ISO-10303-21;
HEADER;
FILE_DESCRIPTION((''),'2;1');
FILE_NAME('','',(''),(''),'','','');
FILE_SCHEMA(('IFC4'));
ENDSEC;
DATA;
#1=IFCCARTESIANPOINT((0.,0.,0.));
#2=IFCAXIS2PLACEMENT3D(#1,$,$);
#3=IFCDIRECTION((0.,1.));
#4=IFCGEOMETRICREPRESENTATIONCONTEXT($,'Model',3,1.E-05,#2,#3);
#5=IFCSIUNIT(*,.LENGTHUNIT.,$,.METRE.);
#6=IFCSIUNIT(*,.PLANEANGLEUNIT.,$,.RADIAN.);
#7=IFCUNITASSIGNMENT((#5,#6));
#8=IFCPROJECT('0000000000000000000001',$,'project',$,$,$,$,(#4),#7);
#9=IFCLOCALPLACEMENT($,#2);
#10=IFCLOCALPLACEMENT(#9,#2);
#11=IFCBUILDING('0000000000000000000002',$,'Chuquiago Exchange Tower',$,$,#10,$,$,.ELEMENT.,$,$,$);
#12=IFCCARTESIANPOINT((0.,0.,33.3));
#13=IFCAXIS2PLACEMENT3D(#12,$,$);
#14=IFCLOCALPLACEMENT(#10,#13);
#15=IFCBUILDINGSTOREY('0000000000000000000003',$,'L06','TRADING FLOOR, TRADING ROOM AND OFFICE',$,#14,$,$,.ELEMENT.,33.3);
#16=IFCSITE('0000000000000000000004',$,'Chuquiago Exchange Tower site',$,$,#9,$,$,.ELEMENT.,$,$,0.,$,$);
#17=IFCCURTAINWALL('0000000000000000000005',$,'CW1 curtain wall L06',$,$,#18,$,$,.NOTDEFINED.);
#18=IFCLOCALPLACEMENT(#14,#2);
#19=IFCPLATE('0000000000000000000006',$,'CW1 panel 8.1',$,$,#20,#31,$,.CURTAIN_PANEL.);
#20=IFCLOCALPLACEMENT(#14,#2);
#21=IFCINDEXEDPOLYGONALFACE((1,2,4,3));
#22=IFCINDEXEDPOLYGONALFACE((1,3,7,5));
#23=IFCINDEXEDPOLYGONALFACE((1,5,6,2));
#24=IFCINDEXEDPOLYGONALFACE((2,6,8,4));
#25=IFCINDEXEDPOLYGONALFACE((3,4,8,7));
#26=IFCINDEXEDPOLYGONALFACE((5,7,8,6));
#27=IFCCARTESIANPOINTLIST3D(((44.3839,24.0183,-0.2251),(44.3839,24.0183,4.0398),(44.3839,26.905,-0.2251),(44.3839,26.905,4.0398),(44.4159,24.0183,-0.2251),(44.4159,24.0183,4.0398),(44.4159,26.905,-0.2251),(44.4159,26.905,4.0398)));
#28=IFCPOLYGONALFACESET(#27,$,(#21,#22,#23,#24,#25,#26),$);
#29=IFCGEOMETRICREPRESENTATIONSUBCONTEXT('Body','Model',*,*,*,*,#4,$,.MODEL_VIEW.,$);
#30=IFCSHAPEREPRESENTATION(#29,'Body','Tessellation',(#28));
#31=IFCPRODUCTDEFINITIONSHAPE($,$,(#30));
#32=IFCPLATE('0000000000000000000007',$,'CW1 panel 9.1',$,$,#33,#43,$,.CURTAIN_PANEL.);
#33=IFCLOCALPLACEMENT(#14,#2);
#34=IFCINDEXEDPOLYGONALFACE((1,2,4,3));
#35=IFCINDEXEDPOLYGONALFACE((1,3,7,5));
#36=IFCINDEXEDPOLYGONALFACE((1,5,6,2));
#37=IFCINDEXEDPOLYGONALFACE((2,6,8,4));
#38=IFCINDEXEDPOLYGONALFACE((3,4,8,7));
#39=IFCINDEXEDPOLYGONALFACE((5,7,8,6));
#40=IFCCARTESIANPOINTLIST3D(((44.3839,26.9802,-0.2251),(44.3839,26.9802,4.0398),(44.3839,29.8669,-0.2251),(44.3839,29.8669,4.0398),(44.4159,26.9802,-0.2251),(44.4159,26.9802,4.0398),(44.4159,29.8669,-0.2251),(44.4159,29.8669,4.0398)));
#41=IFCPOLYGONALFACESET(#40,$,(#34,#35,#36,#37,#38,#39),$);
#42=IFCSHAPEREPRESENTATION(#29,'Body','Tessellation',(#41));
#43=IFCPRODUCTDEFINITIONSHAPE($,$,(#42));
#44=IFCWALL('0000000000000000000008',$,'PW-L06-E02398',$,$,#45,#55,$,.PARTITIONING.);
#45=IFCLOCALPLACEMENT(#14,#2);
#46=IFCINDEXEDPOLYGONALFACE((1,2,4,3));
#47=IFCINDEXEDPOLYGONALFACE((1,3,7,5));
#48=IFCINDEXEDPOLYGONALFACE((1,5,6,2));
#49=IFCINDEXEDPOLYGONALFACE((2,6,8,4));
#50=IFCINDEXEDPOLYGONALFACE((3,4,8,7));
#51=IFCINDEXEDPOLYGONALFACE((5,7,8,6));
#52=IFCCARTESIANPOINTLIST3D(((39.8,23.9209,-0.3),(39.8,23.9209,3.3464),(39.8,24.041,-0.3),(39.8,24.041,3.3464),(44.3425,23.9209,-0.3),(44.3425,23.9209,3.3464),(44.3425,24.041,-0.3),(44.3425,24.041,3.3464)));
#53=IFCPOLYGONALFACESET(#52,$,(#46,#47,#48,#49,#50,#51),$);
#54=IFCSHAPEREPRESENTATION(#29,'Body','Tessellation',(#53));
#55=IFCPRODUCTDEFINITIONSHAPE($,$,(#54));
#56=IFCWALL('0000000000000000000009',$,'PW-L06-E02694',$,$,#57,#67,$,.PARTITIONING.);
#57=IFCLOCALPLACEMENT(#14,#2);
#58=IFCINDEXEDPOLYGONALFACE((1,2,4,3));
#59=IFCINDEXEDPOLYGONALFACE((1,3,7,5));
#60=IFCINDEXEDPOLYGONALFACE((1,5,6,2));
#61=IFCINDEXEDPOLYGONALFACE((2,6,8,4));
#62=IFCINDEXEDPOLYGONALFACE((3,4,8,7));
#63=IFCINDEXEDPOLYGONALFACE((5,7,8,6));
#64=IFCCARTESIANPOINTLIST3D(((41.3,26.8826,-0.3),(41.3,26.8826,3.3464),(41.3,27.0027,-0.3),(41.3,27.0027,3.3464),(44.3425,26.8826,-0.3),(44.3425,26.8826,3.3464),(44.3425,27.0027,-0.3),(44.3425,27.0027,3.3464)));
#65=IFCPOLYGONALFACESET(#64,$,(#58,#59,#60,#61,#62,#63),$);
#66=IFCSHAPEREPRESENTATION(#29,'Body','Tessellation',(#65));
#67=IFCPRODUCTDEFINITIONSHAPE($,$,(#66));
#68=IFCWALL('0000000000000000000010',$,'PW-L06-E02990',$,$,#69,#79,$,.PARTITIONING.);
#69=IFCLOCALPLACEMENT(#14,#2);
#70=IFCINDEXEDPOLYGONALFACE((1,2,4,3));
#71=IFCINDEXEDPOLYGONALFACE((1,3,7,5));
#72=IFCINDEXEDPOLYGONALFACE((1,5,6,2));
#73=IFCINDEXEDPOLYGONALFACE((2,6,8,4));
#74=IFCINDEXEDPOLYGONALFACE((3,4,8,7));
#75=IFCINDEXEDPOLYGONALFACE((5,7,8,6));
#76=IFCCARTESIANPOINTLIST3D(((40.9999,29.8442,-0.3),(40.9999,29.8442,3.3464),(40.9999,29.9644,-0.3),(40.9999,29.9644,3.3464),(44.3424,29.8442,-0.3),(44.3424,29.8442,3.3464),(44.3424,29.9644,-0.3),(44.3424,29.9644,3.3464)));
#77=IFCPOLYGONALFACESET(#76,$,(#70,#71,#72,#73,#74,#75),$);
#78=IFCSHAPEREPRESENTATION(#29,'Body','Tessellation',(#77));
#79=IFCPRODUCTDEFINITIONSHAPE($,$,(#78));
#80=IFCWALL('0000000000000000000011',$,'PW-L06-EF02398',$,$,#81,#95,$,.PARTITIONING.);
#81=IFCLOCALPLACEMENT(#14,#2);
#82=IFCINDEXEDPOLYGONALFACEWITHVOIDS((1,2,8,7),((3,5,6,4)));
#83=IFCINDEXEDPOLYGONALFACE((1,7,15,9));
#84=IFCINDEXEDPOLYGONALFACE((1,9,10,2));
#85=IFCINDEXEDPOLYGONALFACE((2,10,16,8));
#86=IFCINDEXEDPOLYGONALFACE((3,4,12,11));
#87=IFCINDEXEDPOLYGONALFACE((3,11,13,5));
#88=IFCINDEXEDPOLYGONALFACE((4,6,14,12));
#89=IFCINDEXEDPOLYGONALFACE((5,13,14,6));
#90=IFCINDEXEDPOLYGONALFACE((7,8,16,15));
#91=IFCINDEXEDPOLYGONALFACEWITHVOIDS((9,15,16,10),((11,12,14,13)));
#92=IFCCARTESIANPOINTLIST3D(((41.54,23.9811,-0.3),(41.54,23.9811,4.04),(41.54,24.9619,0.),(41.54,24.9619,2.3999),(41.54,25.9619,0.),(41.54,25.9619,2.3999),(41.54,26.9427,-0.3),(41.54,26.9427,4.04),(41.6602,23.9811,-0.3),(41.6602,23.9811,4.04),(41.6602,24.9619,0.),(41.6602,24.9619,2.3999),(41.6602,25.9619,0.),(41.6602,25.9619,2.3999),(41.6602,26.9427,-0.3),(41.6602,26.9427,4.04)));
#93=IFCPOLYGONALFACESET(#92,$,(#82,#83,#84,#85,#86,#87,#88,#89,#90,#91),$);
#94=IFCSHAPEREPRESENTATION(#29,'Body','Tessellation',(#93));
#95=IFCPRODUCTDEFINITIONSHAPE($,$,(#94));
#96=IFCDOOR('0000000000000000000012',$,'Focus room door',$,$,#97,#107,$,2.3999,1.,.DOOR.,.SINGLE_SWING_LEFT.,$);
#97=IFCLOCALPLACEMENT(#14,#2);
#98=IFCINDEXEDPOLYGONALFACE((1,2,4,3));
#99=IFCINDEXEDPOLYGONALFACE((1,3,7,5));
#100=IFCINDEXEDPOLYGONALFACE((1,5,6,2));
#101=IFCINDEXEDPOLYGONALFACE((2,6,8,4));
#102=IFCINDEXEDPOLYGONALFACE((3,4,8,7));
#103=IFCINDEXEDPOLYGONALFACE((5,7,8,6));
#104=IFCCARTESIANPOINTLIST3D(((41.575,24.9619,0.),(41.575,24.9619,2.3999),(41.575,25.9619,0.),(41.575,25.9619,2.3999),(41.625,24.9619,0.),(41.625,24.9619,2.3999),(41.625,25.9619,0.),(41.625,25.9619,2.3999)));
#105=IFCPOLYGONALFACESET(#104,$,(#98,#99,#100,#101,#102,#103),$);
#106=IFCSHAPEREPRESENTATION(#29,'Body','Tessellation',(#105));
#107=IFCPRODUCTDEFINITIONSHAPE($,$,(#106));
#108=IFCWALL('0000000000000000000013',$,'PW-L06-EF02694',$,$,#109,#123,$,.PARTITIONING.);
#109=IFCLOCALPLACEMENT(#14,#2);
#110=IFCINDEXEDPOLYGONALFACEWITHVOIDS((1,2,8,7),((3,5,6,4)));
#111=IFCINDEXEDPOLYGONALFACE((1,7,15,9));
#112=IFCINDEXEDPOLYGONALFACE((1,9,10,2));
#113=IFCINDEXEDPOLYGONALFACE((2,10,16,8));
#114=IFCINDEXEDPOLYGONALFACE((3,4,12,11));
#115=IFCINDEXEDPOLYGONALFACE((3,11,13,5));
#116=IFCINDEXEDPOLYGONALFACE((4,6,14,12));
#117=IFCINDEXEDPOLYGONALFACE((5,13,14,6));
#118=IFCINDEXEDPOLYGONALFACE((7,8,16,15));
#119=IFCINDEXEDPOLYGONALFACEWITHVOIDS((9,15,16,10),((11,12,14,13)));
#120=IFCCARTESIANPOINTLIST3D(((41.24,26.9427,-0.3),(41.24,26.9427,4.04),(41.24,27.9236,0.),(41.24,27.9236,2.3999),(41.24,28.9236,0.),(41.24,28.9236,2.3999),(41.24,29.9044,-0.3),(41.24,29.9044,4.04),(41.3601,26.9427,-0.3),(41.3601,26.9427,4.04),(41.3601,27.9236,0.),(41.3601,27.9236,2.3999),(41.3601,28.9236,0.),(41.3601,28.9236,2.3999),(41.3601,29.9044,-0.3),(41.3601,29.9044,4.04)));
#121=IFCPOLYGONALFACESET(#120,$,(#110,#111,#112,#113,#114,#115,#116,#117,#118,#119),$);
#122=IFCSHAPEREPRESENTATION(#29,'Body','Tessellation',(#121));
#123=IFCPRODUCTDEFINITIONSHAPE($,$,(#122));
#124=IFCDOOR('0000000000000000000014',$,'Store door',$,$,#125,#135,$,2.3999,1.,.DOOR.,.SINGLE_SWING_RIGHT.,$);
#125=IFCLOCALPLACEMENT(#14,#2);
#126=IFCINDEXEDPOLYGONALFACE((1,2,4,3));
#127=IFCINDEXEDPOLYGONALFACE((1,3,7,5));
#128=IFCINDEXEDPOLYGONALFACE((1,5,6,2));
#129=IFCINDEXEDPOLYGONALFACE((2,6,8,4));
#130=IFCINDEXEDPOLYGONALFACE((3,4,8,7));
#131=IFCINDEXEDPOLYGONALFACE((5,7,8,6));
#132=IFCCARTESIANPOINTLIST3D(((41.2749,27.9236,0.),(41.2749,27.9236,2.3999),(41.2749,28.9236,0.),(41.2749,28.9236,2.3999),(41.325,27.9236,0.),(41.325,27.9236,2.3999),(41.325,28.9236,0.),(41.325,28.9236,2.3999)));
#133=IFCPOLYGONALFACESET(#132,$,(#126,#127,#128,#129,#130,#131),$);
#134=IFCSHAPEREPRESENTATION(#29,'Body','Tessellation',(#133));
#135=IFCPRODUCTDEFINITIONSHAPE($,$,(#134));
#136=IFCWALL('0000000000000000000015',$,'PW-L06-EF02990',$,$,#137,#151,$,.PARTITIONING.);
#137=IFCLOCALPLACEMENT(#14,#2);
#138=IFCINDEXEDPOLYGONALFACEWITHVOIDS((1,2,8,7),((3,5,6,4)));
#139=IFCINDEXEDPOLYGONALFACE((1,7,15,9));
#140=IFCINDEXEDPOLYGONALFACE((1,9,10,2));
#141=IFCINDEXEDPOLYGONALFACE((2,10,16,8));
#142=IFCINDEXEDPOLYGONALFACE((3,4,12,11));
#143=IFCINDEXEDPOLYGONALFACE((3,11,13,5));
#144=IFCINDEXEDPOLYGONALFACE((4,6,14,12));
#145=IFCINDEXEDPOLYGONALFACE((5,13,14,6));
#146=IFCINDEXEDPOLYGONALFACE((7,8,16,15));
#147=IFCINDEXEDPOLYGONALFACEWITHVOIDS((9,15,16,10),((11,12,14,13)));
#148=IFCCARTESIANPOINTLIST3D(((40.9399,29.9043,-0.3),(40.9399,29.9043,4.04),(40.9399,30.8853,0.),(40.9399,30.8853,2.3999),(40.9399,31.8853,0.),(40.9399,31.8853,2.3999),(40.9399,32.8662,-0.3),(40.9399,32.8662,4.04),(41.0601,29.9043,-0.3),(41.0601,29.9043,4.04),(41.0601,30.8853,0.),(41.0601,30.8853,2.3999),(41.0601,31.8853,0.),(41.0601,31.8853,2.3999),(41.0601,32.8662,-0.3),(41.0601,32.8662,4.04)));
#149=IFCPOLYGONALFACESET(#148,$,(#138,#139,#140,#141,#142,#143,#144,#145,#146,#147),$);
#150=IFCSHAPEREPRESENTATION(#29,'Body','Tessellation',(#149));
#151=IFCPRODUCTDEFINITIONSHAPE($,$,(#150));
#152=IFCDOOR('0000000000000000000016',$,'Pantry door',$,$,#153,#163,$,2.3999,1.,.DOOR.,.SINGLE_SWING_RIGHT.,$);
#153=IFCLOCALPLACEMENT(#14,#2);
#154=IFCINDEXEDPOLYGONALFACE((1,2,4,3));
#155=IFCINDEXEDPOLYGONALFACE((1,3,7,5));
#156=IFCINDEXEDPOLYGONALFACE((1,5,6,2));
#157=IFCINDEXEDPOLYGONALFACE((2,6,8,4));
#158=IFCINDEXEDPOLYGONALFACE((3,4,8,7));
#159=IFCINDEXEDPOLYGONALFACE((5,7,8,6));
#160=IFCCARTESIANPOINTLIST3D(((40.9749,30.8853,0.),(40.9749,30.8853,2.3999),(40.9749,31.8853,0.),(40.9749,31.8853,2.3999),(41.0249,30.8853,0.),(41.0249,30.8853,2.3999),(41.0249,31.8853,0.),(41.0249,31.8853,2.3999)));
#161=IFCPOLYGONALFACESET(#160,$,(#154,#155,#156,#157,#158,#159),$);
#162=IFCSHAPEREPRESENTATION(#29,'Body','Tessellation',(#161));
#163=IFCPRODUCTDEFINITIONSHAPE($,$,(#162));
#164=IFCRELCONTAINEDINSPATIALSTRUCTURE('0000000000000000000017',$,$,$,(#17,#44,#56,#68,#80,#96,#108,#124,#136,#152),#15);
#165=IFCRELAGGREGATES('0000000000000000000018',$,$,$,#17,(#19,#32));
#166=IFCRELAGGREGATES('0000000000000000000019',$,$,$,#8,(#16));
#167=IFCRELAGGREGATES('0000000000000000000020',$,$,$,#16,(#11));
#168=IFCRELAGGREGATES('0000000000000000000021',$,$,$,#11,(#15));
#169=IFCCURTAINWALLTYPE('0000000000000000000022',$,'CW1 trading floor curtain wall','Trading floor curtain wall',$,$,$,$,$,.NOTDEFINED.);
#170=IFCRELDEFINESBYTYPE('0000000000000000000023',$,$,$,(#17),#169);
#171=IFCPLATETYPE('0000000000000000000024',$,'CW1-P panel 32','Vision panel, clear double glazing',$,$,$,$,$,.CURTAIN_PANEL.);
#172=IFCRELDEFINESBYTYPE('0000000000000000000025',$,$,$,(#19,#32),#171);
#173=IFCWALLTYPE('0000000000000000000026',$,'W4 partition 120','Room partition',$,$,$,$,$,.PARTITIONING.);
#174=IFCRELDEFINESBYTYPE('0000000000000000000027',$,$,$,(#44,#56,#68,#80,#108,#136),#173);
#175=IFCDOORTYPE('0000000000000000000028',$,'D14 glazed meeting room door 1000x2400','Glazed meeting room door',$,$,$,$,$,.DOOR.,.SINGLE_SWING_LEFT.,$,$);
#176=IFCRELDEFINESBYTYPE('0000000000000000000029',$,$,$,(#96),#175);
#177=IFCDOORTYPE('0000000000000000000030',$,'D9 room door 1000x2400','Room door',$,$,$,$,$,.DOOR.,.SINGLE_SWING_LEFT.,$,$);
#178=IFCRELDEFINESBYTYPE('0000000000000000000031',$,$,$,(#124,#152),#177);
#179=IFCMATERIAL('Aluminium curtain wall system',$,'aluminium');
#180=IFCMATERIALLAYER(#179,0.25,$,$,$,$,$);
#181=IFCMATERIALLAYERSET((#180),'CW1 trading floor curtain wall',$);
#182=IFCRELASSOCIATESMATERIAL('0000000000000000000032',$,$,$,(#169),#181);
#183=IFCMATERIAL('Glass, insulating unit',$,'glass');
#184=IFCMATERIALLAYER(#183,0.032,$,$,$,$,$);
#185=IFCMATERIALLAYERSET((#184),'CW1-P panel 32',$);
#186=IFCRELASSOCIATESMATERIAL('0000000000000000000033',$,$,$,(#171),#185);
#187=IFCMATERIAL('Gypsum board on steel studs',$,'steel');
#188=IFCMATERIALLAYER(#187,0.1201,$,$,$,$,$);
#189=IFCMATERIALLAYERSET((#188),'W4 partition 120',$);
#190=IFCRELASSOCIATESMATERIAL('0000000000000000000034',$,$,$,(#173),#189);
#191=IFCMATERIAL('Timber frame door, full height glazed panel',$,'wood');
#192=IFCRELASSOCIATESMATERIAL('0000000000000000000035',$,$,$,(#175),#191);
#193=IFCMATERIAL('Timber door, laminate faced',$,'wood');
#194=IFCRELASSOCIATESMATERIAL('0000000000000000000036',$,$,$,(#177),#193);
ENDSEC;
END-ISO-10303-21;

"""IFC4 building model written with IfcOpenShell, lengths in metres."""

from ifc_helpers import new_model, si_unit, direction, frame, frame_2d, origin, origin_2d, place, context, subcontext, project, spatial, rectangle, extrude, material, layer, layer_set, type_object, element, fill, aggregate, save


model = new_model("IFC4")

# Units and contexts
model_context = context("Model", 3, precision=1e-05, world=origin(), true_north=direction((0.0, 1.0)))
body_context = subcontext(model_context, "Body", "Model", "MODEL_VIEW")
ifc_project = project(units=[si_unit("LENGTHUNIT", "METRE"), si_unit("PLANEANGLEUNIT", "RADIAN")], contexts=[model_context])

# Site, building, storey
site_placement = place(None, origin())
site = spatial("IfcSite", under=ifc_project, at=site_placement, Name="Chuquiago Exchange Tower site", CompositionType="ELEMENT", RefElevation=0.0)
building_placement = place(site_placement, origin())
building = spatial("IfcBuilding", under=site, at=building_placement, Name="Chuquiago Exchange Tower", CompositionType="ELEMENT")
storey_placement = place(building_placement, frame((0.0, 0.0, 33.3)))
storey = spatial("IfcBuildingStorey", under=building, at=storey_placement, Name="L06", Description="TRADING FLOOR, TRADING ROOM AND OFFICE", CompositionType="ELEMENT", Elevation=33.3)

# Curtain wall
ifc_material_1 = material(Name="Aluminium curtain wall system", Category="aluminium")
ifc_layer_1 = layer(ifc_material_1, 0.25)
ifc_layer_set_1 = layer_set([ifc_layer_1], Name="CW1 trading floor curtain wall")
curtain_wall_type = type_object("IfcCurtainWallType", Name="CW1 trading floor curtain wall", Description="Trading floor curtain wall", PredefinedType="NOTDEFINED", material=ifc_layer_set_1)
curtain_wall_placement = place(storey_placement, origin())
curtain_wall = element("IfcCurtainWall", 1, at=curtain_wall_placement, inside=storey, type_object=curtain_wall_type, Name="CW1 curtain wall L06", PredefinedType="NOTDEFINED")

# Plates
ifc_material_2 = material(Name="Glass, insulating unit", Category="glass")
ifc_layer_2 = layer(ifc_material_2, 0.032)
ifc_layer_set_2 = layer_set([ifc_layer_2], Name="CW1-P panel 32")
plate_type = type_object("IfcPlateType", Name="CW1-P panel 32", Description="Vision panel, clear double glazing", PredefinedType="CURTAIN_PANEL", material=ifc_layer_set_2)
plate_1_placement = place(storey_placement, frame((44.3999, 25.4617, -0.2251), z_axis=(0.0, 0.0, 1.0), x_axis=(0.0, 1.0, 0.0)))
plate_1 = element("IfcPlate", 2, at=plate_1_placement, type_object=plate_type, Name="CW1 panel 8.1", PredefinedType="CURTAIN_PANEL", context=body_context, shape_type="SweptSolid", body=[
    extrude(rectangle(XDim=2.8867, YDim=0.032, at=origin_2d()), origin(), (0.0, 0.0, 1.0), 4.2649),
])
plate_2_placement = place(storey_placement, frame((44.3999, 28.4236, -0.2251), z_axis=(0.0, 0.0, 1.0), x_axis=(0.0, 1.0, 0.0)))
plate_2 = element("IfcPlate", 3, at=plate_2_placement, type_object=plate_type, Name="CW1 panel 9.1", PredefinedType="CURTAIN_PANEL", context=body_context, shape_type="SweptSolid", body=[
    extrude(rectangle(XDim=2.8867, YDim=0.032, at=origin_2d()), origin(), (0.0, 0.0, 1.0), 4.2649),
])
aggregate(curtain_wall, [plate_1, plate_2])

# Walls
ifc_material_3 = material(Name="Gypsum board on steel studs", Category="steel")
ifc_layer_3 = layer(ifc_material_3, 0.1201)
ifc_layer_set_3 = layer_set([ifc_layer_3], Name="W4 partition 120")
wall_type = type_object("IfcWallType", Name="W4 partition 120", Description="Room partition", PredefinedType="PARTITIONING", material=ifc_layer_set_3)
wall_1_placement = place(storey_placement, frame((44.3425, 23.981, -0.3), z_axis=(0.0, 0.0, 1.0), x_axis=(-1.0, 0.0, 0.0)))
element("IfcWall", 4, at=wall_1_placement, inside=storey, type_object=wall_type, Name="PW-L06-E02398", PredefinedType="PARTITIONING", context=body_context, shape_type="SweptSolid", body=[
    extrude(rectangle(XDim=4.5425, YDim=0.1201, at=frame_2d((2.2712, 0.0))), origin(), (0.0, 0.0, 1.0), 3.6465),
])
wall_2_placement = place(storey_placement, frame((44.3425, 26.9426, -0.3), z_axis=(0.0, 0.0, 1.0), x_axis=(-1.0, 0.0, 0.0)))
element("IfcWall", 5, at=wall_2_placement, inside=storey, type_object=wall_type, Name="PW-L06-E02694", PredefinedType="PARTITIONING", context=body_context, shape_type="SweptSolid", body=[
    extrude(rectangle(XDim=3.0425, YDim=0.1201, at=frame_2d((1.5212, 0.0))), origin(), (0.0, 0.0, 1.0), 3.6465),
])
wall_3_placement = place(storey_placement, frame((44.3425, 29.9043, -0.3), z_axis=(0.0, 0.0, 1.0), x_axis=(-1.0, 0.0, 0.0)))
element("IfcWall", 6, at=wall_3_placement, inside=storey, type_object=wall_type, Name="PW-L06-E02990", PredefinedType="PARTITIONING", context=body_context, shape_type="SweptSolid", body=[
    extrude(rectangle(XDim=3.3425, YDim=0.1201, at=frame_2d((1.6714, 0.0))), origin(), (0.0, 0.0, 1.0), 3.6465),
])

# Walls, openings, doors
wall_4_placement = place(storey_placement, frame((41.6001, 23.981, -0.3), z_axis=(0.0, 0.0, 1.0), x_axis=(0.0, 1.0, 0.0)))
wall_4 = element("IfcWall", 7, at=wall_4_placement, inside=storey, type_object=wall_type, Name="PW-L06-EF02398", PredefinedType="PARTITIONING", context=body_context, shape_type="SweptSolid", body=[
    extrude(rectangle(XDim=2.9617, YDim=0.1201, at=frame_2d((1.481, 0.0))), origin(), (0.0, 0.0, 1.0), 4.3401),
])
opening_1_placement = place(wall_4_placement, frame((0.981, 0.0, 0.3)))
opening_1 = element("IfcOpeningElement", 8, at=opening_1_placement, cuts=wall_4, PredefinedType="OPENING", context=body_context, shape_type="SweptSolid", body=[
    extrude(rectangle(XDim=1.0, YDim=2.3999, at=frame_2d((0.5, 1.2))), frame((0.0, 0.0701, 0.0), z_axis=(0.0, -1.0, 0.0), x_axis=(1.0, 0.0, 0.0)), (0.0, 0.0, 1.0), 0.1401),
])
ifc_material_4 = material(Name="Timber frame door, full height glazed panel", Category="wood")
door_type_1 = type_object("IfcDoorType", Name="D14 glazed meeting room door 1000x2400", Description="Glazed meeting room door", OperationType="SINGLE_SWING_LEFT", PredefinedType="DOOR", material=ifc_material_4)
door_1_placement = place(opening_1_placement, frame((1.0, 0.0, 0.0), z_axis=(0.0, 0.0, 1.0), x_axis=(-1.0, 0.0, 0.0)))
door_1 = element("IfcDoor", 9, at=door_1_placement, inside=storey, type_object=door_type_1, Name="Focus room door", OperationType="SINGLE_SWING_LEFT", OverallHeight=2.3999, OverallWidth=1.0, PredefinedType="DOOR", context=body_context, shape_type="SweptSolid", body=[
    extrude(rectangle(XDim=1.0, YDim=2.3999, at=frame_2d((0.5, 1.2))), frame((0.0, 0.0249, 0.0), z_axis=(0.0, -1.0, 0.0), x_axis=(1.0, 0.0, 0.0)), (0.0, 0.0, 1.0), 0.05),
])
fill(opening_1, door_1)
wall_5_placement = place(storey_placement, frame((41.3, 26.9426, -0.3), z_axis=(0.0, 0.0, 1.0), x_axis=(0.0, 1.0, 0.0)))
wall_5 = element("IfcWall", 10, at=wall_5_placement, inside=storey, type_object=wall_type, Name="PW-L06-EF02694", PredefinedType="PARTITIONING", context=body_context, shape_type="SweptSolid", body=[
    extrude(rectangle(XDim=2.9617, YDim=0.1201, at=frame_2d((1.481, 0.0))), origin(), (0.0, 0.0, 1.0), 4.3401),
])
opening_2_placement = place(wall_5_placement, frame((0.981, 0.0, 0.3)))
opening_2 = element("IfcOpeningElement", 11, at=opening_2_placement, cuts=wall_5, PredefinedType="OPENING", context=body_context, shape_type="SweptSolid", body=[
    extrude(rectangle(XDim=1.0, YDim=2.3999, at=frame_2d((0.5, 1.2))), frame((0.0, 0.0701, 0.0), z_axis=(0.0, -1.0, 0.0), x_axis=(1.0, 0.0, 0.0)), (0.0, 0.0, 1.0), 0.1401),
])
ifc_material_5 = material(Name="Timber door, laminate faced", Category="wood")
door_type_2 = type_object("IfcDoorType", Name="D9 room door 1000x2400", Description="Room door", OperationType="SINGLE_SWING_LEFT", PredefinedType="DOOR", material=ifc_material_5)
door_2_placement = place(opening_2_placement, frame((1.0, 0.0, 0.0), z_axis=(0.0, 0.0, 1.0), x_axis=(-1.0, 0.0, 0.0)))
door_2 = element("IfcDoor", 12, at=door_2_placement, inside=storey, type_object=door_type_2, Name="Store door", OperationType="SINGLE_SWING_RIGHT", OverallHeight=2.3999, OverallWidth=1.0, PredefinedType="DOOR", context=body_context, shape_type="SweptSolid", body=[
    extrude(rectangle(XDim=1.0, YDim=2.3999, at=frame_2d((0.5, 1.2))), frame((0.0, 0.0249, 0.0), z_axis=(0.0, -1.0, 0.0), x_axis=(1.0, 0.0, 0.0)), (0.0, 0.0, 1.0), 0.05),
])
fill(opening_2, door_2)
wall_6_placement = place(storey_placement, frame((41.0, 29.9043, -0.3), z_axis=(0.0, 0.0, 1.0), x_axis=(0.0, 1.0, 0.0)))
wall_6 = element("IfcWall", 13, at=wall_6_placement, inside=storey, type_object=wall_type, Name="PW-L06-EF02990", PredefinedType="PARTITIONING", context=body_context, shape_type="SweptSolid", body=[
    extrude(rectangle(XDim=2.9619, YDim=0.1201, at=frame_2d((1.481, 0.0))), origin(), (0.0, 0.0, 1.0), 4.3401),
])
opening_3_placement = place(wall_6_placement, frame((0.981, 0.0, 0.3)))
opening_3 = element("IfcOpeningElement", 14, at=opening_3_placement, cuts=wall_6, PredefinedType="OPENING", context=body_context, shape_type="SweptSolid", body=[
    extrude(rectangle(XDim=1.0, YDim=2.3999, at=frame_2d((0.5, 1.2))), frame((0.0, 0.0701, 0.0), z_axis=(0.0, -1.0, 0.0), x_axis=(1.0, 0.0, 0.0)), (0.0, 0.0, 1.0), 0.1401),
])
door_3_placement = place(opening_3_placement, frame((1.0, 0.0, 0.0), z_axis=(0.0, 0.0, 1.0), x_axis=(-1.0, 0.0, 0.0)))
door_3 = element("IfcDoor", 15, at=door_3_placement, inside=storey, type_object=door_type_2, Name="Pantry door", OperationType="SINGLE_SWING_RIGHT", OverallHeight=2.3999, OverallWidth=1.0, PredefinedType="DOOR", context=body_context, shape_type="SweptSolid", body=[
    extrude(rectangle(XDim=1.0, YDim=2.3999, at=frame_2d((0.5, 1.2))), frame((0.0, 0.0249, 0.0), z_axis=(0.0, -1.0, 0.0), x_axis=(1.0, 0.0, 0.0)), (0.0, 0.0, 1.0), 0.05),
])
fill(opening_3, door_3)

save(model, "model.ifc")
